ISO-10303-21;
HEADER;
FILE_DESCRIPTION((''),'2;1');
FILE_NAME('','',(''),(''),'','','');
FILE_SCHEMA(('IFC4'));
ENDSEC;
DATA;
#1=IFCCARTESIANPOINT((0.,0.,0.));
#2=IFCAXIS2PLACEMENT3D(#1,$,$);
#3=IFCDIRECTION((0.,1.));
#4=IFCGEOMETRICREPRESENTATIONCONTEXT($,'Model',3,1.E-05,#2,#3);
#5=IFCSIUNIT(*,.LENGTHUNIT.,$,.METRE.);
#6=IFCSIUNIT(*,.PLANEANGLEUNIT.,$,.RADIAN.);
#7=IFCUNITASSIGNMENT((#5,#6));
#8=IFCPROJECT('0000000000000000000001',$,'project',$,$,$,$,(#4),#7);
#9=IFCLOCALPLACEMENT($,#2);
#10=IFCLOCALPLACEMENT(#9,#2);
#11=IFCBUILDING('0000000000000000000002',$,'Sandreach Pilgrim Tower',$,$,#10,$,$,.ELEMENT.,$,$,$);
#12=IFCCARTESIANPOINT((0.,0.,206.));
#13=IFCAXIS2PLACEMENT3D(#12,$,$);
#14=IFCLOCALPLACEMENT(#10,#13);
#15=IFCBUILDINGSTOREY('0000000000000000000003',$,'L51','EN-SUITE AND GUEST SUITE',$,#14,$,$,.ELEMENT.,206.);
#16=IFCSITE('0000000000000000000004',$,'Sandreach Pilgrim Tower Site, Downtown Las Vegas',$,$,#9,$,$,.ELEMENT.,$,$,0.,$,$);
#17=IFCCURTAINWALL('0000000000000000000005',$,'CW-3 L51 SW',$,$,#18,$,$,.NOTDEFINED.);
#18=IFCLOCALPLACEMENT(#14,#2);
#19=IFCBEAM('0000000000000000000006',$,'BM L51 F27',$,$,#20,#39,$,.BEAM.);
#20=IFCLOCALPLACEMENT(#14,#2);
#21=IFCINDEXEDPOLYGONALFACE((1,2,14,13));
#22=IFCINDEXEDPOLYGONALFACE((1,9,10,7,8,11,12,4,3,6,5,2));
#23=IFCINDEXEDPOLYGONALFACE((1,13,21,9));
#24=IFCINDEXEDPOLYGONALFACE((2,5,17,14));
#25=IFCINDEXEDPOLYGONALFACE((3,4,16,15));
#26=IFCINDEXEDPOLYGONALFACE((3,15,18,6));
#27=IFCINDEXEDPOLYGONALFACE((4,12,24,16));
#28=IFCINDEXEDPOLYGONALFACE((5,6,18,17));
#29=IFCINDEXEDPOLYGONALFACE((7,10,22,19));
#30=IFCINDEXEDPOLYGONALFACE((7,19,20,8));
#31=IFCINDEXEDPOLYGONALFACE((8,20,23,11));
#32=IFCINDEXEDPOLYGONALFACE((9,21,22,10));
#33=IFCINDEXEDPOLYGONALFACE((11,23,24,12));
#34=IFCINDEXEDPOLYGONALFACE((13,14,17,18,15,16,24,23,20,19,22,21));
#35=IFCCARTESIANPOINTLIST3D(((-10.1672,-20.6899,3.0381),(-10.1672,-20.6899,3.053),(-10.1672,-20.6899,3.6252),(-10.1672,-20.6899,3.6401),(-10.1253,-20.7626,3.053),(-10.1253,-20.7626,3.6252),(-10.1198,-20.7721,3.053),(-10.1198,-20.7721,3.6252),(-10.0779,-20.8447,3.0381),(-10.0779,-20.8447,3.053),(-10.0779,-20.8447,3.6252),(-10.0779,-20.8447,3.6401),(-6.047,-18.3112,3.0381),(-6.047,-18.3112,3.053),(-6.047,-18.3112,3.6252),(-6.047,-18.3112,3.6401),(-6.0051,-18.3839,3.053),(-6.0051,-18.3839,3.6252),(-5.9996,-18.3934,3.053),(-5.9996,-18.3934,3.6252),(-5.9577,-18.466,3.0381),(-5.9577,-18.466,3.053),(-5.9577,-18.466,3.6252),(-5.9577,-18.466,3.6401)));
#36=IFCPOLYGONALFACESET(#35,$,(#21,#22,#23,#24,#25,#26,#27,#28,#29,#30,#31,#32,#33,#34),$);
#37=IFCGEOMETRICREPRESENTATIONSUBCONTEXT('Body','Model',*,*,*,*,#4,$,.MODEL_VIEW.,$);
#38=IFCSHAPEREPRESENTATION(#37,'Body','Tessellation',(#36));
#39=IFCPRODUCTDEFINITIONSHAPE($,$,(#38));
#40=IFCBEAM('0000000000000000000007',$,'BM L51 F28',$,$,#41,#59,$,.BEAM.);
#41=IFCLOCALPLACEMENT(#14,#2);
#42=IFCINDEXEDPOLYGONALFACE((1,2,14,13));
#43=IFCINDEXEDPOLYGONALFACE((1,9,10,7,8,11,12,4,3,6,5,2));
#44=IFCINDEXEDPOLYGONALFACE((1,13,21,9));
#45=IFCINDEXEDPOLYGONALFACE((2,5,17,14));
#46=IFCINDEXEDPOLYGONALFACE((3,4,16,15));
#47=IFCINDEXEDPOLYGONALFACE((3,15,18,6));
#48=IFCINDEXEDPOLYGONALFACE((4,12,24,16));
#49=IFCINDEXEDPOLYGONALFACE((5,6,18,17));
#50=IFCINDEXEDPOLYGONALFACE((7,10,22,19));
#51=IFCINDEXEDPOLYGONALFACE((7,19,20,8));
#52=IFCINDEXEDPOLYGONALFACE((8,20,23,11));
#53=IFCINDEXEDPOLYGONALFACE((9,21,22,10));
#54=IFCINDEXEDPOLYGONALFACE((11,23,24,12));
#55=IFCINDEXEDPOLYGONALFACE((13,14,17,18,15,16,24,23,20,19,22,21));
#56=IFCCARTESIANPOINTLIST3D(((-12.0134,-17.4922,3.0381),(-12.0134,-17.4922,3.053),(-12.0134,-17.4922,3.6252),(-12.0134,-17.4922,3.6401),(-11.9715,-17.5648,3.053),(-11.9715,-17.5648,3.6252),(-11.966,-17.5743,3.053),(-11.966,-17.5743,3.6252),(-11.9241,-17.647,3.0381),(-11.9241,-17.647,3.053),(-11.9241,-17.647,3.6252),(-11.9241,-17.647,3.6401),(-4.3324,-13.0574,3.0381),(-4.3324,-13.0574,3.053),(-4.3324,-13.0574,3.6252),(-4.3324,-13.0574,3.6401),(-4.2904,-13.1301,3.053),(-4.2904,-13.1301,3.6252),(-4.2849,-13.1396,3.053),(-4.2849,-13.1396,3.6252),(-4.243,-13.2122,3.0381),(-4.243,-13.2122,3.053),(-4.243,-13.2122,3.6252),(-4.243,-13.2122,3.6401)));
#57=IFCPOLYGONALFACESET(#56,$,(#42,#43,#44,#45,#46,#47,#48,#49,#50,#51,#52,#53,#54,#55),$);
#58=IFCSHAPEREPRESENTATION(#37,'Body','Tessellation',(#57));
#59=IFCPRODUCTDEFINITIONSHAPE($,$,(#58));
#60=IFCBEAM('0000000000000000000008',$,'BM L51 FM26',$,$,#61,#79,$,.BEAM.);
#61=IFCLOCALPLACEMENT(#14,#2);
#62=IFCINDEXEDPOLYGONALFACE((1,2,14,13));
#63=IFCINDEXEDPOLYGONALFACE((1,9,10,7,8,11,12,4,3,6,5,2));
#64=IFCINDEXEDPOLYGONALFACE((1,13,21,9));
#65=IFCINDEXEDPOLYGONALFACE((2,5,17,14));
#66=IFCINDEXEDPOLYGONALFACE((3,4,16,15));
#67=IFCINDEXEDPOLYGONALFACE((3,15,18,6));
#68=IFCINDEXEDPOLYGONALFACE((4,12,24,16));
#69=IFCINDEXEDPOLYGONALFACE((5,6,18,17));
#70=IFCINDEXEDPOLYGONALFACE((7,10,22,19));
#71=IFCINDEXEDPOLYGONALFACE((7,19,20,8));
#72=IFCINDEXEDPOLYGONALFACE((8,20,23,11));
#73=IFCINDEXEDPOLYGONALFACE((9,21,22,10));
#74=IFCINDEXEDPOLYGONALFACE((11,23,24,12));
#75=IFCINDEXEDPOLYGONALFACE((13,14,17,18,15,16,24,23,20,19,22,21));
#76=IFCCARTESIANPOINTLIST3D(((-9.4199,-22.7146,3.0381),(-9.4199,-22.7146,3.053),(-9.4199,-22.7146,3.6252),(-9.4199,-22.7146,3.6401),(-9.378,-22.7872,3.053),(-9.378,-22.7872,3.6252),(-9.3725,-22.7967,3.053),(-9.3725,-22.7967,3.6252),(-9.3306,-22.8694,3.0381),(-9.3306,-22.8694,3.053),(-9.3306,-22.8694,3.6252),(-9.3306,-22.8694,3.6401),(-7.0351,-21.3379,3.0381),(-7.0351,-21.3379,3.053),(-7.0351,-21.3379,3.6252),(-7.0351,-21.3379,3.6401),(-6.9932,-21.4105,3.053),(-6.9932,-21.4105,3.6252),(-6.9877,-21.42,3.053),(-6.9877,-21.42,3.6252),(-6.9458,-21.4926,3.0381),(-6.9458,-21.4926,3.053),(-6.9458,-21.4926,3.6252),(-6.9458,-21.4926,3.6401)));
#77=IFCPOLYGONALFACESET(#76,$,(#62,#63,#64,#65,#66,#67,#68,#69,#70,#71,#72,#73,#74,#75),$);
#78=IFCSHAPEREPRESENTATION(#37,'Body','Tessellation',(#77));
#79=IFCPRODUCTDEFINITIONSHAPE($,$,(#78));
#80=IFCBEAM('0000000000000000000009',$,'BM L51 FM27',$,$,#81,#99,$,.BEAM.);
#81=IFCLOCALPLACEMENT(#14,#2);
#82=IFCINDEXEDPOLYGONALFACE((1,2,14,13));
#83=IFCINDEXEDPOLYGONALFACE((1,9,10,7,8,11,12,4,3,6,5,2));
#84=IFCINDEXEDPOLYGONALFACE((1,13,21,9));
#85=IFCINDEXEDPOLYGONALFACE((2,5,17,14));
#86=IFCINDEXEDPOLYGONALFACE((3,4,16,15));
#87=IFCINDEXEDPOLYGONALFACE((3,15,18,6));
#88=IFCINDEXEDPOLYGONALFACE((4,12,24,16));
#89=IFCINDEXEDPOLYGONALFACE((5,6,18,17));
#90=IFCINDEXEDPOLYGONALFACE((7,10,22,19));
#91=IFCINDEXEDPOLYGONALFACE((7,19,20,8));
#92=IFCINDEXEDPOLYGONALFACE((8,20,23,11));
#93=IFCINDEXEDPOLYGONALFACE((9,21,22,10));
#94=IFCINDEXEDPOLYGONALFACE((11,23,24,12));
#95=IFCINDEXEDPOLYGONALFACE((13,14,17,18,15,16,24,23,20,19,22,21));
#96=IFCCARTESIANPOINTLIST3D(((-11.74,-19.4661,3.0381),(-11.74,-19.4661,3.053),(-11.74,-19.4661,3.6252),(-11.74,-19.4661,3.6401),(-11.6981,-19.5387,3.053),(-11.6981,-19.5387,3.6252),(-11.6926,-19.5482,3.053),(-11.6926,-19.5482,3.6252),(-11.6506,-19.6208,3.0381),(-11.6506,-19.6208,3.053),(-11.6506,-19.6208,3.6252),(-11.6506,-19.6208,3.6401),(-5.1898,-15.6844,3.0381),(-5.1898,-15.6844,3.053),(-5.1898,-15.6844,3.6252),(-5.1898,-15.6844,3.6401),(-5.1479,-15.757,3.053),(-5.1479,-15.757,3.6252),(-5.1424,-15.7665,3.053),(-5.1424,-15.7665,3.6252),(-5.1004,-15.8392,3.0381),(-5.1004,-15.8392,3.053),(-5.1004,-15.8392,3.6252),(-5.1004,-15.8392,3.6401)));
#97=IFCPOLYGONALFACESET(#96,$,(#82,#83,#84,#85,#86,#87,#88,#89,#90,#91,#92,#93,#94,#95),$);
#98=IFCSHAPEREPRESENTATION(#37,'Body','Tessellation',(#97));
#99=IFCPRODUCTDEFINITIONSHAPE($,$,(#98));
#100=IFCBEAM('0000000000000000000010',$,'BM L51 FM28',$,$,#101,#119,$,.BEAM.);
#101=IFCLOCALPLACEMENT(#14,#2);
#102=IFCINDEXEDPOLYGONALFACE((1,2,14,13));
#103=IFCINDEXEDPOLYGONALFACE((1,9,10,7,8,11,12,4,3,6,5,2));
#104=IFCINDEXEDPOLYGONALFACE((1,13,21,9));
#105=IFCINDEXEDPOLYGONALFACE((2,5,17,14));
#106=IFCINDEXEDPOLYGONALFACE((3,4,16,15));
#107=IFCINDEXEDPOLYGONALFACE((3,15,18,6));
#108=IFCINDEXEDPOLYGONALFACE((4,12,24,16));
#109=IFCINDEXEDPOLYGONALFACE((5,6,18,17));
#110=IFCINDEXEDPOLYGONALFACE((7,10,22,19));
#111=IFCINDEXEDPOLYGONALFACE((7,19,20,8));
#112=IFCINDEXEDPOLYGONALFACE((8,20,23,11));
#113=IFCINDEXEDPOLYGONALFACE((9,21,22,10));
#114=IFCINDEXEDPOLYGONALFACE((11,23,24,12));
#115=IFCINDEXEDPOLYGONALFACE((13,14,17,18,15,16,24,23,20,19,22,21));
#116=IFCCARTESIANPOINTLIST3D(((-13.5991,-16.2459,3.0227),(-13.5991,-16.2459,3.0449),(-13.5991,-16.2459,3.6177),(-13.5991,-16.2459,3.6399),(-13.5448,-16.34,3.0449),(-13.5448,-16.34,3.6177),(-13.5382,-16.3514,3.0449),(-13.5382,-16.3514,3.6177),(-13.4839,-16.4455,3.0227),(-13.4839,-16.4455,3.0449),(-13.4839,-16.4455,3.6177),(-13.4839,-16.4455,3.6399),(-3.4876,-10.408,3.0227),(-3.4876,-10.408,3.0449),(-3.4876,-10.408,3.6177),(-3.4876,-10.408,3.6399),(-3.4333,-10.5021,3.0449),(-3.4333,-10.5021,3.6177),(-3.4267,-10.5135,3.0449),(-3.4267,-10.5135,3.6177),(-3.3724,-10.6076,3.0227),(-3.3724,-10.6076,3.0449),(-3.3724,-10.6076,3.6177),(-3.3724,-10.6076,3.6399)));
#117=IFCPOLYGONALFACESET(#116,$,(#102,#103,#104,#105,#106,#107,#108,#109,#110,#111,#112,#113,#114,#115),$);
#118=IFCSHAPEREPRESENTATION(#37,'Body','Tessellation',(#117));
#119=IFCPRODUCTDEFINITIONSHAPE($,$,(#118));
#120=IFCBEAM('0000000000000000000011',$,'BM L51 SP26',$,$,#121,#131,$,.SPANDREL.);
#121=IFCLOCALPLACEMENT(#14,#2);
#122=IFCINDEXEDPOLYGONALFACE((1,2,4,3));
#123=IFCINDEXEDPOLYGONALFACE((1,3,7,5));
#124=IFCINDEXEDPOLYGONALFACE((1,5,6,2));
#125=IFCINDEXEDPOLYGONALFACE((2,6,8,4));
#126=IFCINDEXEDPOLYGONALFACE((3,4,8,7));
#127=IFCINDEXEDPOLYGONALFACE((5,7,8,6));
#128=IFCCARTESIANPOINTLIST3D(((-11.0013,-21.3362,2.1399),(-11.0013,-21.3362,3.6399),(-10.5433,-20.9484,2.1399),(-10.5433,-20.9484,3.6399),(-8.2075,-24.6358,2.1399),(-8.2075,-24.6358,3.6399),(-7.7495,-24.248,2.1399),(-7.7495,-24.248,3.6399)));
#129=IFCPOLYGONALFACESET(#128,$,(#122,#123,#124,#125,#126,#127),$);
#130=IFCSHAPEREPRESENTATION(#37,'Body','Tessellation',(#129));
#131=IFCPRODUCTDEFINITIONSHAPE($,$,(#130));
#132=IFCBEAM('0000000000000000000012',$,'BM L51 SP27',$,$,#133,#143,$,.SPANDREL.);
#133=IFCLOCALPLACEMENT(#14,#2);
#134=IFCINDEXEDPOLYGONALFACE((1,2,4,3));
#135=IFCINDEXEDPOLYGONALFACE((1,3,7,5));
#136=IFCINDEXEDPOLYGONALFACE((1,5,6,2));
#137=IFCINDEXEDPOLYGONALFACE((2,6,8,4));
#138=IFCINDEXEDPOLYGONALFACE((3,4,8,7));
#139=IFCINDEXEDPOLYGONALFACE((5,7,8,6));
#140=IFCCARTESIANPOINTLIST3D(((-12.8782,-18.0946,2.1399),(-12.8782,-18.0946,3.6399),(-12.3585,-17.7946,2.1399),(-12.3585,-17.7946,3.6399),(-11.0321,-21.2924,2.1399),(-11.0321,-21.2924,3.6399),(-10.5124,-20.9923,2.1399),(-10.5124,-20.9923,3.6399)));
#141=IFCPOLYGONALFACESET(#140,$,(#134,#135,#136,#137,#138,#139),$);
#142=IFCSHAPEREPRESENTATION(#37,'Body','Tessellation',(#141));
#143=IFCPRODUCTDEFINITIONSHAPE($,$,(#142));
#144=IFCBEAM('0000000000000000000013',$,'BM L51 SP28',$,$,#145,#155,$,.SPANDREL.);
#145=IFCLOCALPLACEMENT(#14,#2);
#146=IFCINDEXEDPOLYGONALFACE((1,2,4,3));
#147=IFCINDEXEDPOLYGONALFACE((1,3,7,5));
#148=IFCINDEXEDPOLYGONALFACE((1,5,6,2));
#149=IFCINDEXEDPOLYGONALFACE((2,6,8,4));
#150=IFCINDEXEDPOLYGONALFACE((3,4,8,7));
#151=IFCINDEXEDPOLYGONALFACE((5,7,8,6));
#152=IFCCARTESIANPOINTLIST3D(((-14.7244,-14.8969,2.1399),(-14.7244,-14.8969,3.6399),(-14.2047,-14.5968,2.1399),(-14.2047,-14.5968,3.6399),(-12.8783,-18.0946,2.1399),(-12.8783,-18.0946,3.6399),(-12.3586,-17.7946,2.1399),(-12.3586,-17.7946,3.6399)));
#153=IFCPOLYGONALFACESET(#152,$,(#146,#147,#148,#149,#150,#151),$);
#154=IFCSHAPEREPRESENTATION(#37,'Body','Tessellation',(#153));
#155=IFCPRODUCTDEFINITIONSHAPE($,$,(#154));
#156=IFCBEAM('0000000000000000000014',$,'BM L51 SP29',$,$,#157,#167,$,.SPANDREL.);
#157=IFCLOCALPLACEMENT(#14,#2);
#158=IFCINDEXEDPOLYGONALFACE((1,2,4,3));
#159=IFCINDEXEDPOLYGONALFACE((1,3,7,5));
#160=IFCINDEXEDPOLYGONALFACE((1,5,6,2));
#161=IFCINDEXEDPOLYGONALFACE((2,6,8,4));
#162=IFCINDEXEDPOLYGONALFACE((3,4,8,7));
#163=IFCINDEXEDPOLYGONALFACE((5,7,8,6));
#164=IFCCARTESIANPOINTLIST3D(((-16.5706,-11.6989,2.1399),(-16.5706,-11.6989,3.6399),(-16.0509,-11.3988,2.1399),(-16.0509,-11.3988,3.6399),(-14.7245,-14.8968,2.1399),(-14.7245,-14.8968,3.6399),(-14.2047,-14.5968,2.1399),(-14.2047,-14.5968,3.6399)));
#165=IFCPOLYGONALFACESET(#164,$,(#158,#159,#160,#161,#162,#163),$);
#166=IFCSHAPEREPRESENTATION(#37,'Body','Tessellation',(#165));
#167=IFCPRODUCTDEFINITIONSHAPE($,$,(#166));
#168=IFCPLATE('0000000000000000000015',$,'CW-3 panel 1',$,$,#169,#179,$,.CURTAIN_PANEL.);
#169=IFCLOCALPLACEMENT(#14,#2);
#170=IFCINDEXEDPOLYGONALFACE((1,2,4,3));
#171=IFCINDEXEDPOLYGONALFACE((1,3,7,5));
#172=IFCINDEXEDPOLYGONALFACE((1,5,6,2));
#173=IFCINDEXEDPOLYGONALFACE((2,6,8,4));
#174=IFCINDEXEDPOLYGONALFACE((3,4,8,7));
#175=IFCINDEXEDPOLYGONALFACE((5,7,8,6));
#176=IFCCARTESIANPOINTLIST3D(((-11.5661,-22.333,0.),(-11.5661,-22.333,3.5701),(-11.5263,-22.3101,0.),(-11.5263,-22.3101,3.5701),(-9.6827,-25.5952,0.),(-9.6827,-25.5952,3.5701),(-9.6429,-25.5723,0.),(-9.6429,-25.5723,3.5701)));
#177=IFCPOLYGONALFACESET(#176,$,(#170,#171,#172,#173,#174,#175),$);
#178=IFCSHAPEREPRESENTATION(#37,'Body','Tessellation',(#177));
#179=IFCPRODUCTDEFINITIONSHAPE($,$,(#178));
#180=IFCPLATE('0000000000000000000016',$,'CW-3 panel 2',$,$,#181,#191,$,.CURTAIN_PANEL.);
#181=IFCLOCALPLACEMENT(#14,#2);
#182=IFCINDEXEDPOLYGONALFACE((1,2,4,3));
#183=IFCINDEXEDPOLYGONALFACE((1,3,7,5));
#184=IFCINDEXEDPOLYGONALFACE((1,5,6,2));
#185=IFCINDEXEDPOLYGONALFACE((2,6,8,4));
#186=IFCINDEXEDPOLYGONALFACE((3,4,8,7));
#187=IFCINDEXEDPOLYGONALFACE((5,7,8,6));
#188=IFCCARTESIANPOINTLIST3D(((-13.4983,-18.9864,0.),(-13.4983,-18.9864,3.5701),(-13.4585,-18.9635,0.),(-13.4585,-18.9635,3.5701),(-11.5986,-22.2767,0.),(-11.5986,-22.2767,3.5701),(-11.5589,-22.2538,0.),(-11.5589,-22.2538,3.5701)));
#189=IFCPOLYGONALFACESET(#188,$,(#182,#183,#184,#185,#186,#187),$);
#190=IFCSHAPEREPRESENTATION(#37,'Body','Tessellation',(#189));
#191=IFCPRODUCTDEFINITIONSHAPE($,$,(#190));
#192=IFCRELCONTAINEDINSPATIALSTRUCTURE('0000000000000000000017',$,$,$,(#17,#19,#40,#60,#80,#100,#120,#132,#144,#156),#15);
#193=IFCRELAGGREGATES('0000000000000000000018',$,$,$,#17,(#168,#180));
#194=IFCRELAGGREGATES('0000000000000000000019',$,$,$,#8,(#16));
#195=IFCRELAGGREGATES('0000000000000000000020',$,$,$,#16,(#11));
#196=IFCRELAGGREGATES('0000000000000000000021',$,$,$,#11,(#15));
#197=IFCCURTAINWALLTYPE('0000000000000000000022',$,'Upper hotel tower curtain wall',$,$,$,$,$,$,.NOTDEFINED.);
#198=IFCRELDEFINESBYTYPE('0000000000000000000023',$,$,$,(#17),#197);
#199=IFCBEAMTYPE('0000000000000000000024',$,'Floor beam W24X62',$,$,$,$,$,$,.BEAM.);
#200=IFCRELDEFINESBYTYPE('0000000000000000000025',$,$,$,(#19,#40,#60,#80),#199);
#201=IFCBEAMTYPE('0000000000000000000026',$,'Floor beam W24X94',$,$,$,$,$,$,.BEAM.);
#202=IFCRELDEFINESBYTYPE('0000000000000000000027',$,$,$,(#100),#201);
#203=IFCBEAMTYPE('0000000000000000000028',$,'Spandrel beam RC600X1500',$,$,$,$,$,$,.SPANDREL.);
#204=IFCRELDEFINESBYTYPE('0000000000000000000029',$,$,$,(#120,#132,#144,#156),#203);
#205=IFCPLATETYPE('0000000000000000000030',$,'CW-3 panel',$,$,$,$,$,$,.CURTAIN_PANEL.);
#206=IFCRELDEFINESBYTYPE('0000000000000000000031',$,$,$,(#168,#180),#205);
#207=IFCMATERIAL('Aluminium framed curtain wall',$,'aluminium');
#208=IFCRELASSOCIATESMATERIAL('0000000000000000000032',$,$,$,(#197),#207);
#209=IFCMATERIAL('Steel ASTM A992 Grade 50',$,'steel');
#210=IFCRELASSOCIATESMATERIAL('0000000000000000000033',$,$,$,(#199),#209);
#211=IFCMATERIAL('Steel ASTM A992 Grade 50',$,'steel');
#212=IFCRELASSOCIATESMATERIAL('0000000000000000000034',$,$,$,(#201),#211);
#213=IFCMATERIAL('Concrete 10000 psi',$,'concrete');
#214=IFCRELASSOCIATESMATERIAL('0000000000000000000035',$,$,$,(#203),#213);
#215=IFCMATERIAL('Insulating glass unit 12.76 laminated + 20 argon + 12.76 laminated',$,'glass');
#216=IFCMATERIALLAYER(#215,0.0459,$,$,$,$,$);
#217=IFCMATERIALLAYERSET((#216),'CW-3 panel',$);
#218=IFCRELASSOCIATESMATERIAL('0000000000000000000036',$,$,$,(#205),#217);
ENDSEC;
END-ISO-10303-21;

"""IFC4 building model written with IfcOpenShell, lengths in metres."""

from ifc_helpers import new_model, si_unit, direction, frame, origin, origin_2d, place, context, subcontext, project, spatial, rectangle, i_section, extrude, material, layer, layer_set, material_profile, profile_set, type_object, element, aggregate, save


model = new_model("IFC4")

# Units and contexts
model_context = context("Model", 3, precision=1e-05, world=origin(), true_north=direction((0.0, 1.0)))
body_context = subcontext(model_context, "Body", "Model", "MODEL_VIEW")
ifc_project = project(units=[si_unit("LENGTHUNIT", "METRE"), si_unit("PLANEANGLEUNIT", "RADIAN")], contexts=[model_context])

# Site, building, storey
site_placement = place(None, origin())
site = spatial("IfcSite", under=ifc_project, at=site_placement, Name="Sandreach Pilgrim Tower Site, Downtown Las Vegas", CompositionType="ELEMENT", RefElevation=0.0)
building_placement = place(site_placement, origin())
building = spatial("IfcBuilding", under=site, at=building_placement, Name="Sandreach Pilgrim Tower", CompositionType="ELEMENT")
storey_placement = place(building_placement, frame((0.0, 0.0, 206.0)))
storey = spatial("IfcBuildingStorey", under=building, at=storey_placement, Name="L51", Description="EN-SUITE AND GUEST SUITE", CompositionType="ELEMENT", Elevation=206.0)

# Shared definitions
ifc_material_1 = material(Name="Aluminium framed curtain wall", Category="aluminium")
curtain_wall_type = type_object("IfcCurtainWallType", Name="Upper hotel tower curtain wall", PredefinedType="NOTDEFINED", material=ifc_material_1)

# Curtain wall
curtain_wall_1_placement = place(storey_placement, origin())
curtain_wall_1 = element("IfcCurtainWall", 1, at=curtain_wall_1_placement, inside=storey, type_object=curtain_wall_type, Name="CW-3 L51 SW", PredefinedType="NOTDEFINED")

# Beams
ifc_material_2 = material(Name="Steel ASTM A992 Grade 50", Category="steel")
ifc_material_profile_1 = material_profile(ifc_material_2, i_section(OverallWidth=0.1787, OverallDepth=0.6021, WebThickness=0.011, FlangeThickness=0.0149, at=origin_2d()), Name="W24X62")
ifc_profile_set_1 = profile_set([ifc_material_profile_1], Name="Steel ASTM A992 Grade 50")
beam_type_1 = type_object("IfcBeamType", Name="Floor beam W24X62", PredefinedType="BEAM", material=ifc_profile_set_1)
beam_1_placement = place(storey_placement, frame((-10.1226, -20.7673, 3.3391), z_axis=(0.866033, 0.499986, 0.0), x_axis=(-0.499986, 0.866033, 0.0)))
element("IfcBeam", 2, at=beam_1_placement, inside=storey, type_object=beam_type_1, Name="BM L51 F27", PredefinedType="BEAM", context=body_context, shape_type="SweptSolid", body=[
    extrude(i_section(OverallWidth=0.1787, OverallDepth=0.6021, WebThickness=0.011, FlangeThickness=0.0149, at=origin_2d()), origin(), (0.0, 0.0, 1.0), 4.7576),
])
beam_2_placement = place(storey_placement, frame((-11.9688, -17.5696, 3.3391), z_axis=(0.866021, 0.500008, 0.0), x_axis=(-0.500008, 0.866021, 0.0)))
element("IfcBeam", 3, at=beam_2_placement, inside=storey, type_object=beam_type_1, Name="BM L51 F28", PredefinedType="BEAM", context=body_context, shape_type="SweptSolid", body=[
    extrude(i_section(OverallWidth=0.1787, OverallDepth=0.6021, WebThickness=0.011, FlangeThickness=0.0149, at=origin_2d()), origin(), (0.0, 0.0, 1.0), 8.8694),
])
beam_3_placement = place(storey_placement, frame((-9.3752, -22.792, 3.3391), z_axis=(0.866047, 0.499963, 0.0), x_axis=(-0.499963, 0.866047, 0.0)))
element("IfcBeam", 4, at=beam_3_placement, inside=storey, type_object=beam_type_1, Name="BM L51 FM26", PredefinedType="BEAM", context=body_context, shape_type="SweptSolid", body=[
    extrude(i_section(OverallWidth=0.1787, OverallDepth=0.6021, WebThickness=0.011, FlangeThickness=0.0149, at=origin_2d()), origin(), (0.0, 0.0, 1.0), 2.7537),
])
beam_4_placement = place(storey_placement, frame((-11.6953, -19.5435, 3.3391), z_axis=(0.86603, 0.499993, 0.0), x_axis=(-0.499993, 0.86603, 0.0)))
element("IfcBeam", 5, at=beam_4_placement, inside=storey, type_object=beam_type_1, Name="BM L51 FM27", PredefinedType="BEAM", context=body_context, shape_type="SweptSolid", body=[
    extrude(i_section(OverallWidth=0.1787, OverallDepth=0.6021, WebThickness=0.011, FlangeThickness=0.0149, at=origin_2d()), origin(), (0.0, 0.0, 1.0), 7.5635),
])
ifc_material_3 = material(Name="Steel ASTM A992 Grade 50", Category="steel")
ifc_material_profile_2 = material_profile(ifc_material_3, i_section(OverallWidth=0.2305, OverallDepth=0.6172, WebThickness=0.0132, FlangeThickness=0.0222, at=origin_2d()), Name="W24X94")
ifc_profile_set_2 = profile_set([ifc_material_profile_2], Name="Steel ASTM A992 Grade 50")
beam_type_2 = type_object("IfcBeamType", Name="Floor beam W24X94", PredefinedType="BEAM", material=ifc_profile_set_2)
beam_5_placement = place(storey_placement, frame((-13.5415, -16.3457, 3.3313), z_axis=(0.866026, 0.499998, 0.0), x_axis=(-0.499998, 0.866026, 0.0)))
element("IfcBeam", 6, at=beam_5_placement, inside=storey, type_object=beam_type_2, Name="BM L51 FM28", PredefinedType="BEAM", context=body_context, shape_type="SweptSolid", body=[
    extrude(i_section(OverallWidth=0.2305, OverallDepth=0.6172, WebThickness=0.0132, FlangeThickness=0.0222, at=origin_2d()), origin(), (0.0, 0.0, 1.0), 11.6758),
])
ifc_material_4 = material(Name="Concrete 10000 psi", Category="concrete")
ifc_material_profile_3 = material_profile(ifc_material_4, rectangle(XDim=0.6001, YDim=1.5, at=origin_2d()), Name="RC600X1500")
ifc_profile_set_3 = profile_set([ifc_material_profile_3], Name="Concrete 10000 psi")
beam_type_3 = type_object("IfcBeamType", Name="Spandrel beam RC600X1500", PredefinedType="SPANDREL", material=ifc_profile_set_3)
beam_6_placement = place(storey_placement, frame((-7.9785, -24.4419, 2.8899), z_axis=(-0.64618, 0.763185, 0.0), x_axis=(-0.763185, -0.64618, 0.0)))
element("IfcBeam", 7, at=beam_6_placement, inside=storey, type_object=beam_type_3, Name="BM L51 SP26", PredefinedType="SPANDREL", context=body_context, shape_type="SweptSolid", body=[
    extrude(rectangle(XDim=0.6001, YDim=1.5, at=origin_2d()), origin(), (0.0, 0.0, 1.0), 4.3235),
])
for number, where, z_axis, x_axis, name in (
    (8, (-10.7722, -21.1423, 2.8899), (-0.499993, 0.866029, 0.0), (-0.866029, -0.499993, 0.0), "BM L51 SP27"),
    (9, (-12.6184, -17.9446, 2.8899), (-0.499993, 0.866029, 0.0), (-0.866029, -0.499993, 0.0), "BM L51 SP28"),
):
    element("IfcBeam", number, at=place(storey_placement, frame(where, z_axis=z_axis, x_axis=x_axis)), inside=storey, type_object=beam_type_3, Name=name, PredefinedType="SPANDREL", context=body_context, shape_type="SweptSolid", body=[
        extrude(rectangle(XDim=0.6001, YDim=1.5, at=origin_2d()), origin(), (0.0, 0.0, 1.0), 3.6924),
    ])
beam_7_placement = place(storey_placement, frame((-14.4646, -14.7468, 2.8899), z_axis=(-0.499965, 0.866046, 0.0), x_axis=(-0.866046, -0.499965, 0.0)))
element("IfcBeam", 10, at=beam_7_placement, inside=storey, type_object=beam_type_3, Name="BM L51 SP29", PredefinedType="SPANDREL", context=body_context, shape_type="SweptSolid", body=[
    extrude(rectangle(XDim=0.6001, YDim=1.5, at=origin_2d()), origin(), (0.0, 0.0, 1.0), 3.6926),
])

# Plates
ifc_material_5 = material(Name="Insulating glass unit 12.76 laminated + 20 argon + 12.76 laminated", Category="glass")
ifc_layer_1 = layer(ifc_material_5, 0.0459)
ifc_layer_set_1 = layer_set([ifc_layer_1], Name="CW-3 panel")
plate_type = type_object("IfcPlateType", Name="CW-3 panel", PredefinedType="CURTAIN_PANEL", material=ifc_layer_set_1)
plate_1_placement = place(storey_placement, frame((-10.6045, -23.9526, 0.0), z_axis=(0.0, 0.0, 1.0), x_axis=(-0.5, 0.866025, 0.0)))
plate_1 = element("IfcPlate", 11, at=plate_1_placement, type_object=plate_type, Name="CW-3 panel 1", PredefinedType="CURTAIN_PANEL", context=body_context, shape_type="SweptSolid", body=[
    extrude(rectangle(XDim=3.7668, YDim=0.0459, at=origin_2d()), origin(), (0.0, 0.0, 1.0), 3.5701),
])
plate_2_placement = place(storey_placement, frame((-12.5286, -20.6201, 0.0), z_axis=(0.0, 0.0, 1.0), x_axis=(-0.5, 0.866025, 0.0)))
plate_2 = element("IfcPlate", 12, at=plate_2_placement, type_object=plate_type, Name="CW-3 panel 2", PredefinedType="CURTAIN_PANEL", context=body_context, shape_type="SweptSolid", body=[
    extrude(rectangle(XDim=3.7993, YDim=0.0459, at=origin_2d()), origin(), (0.0, 0.0, 1.0), 3.5701),
])
aggregate(curtain_wall_1, [plate_1, plate_2])

save(model, "model.ifc")
